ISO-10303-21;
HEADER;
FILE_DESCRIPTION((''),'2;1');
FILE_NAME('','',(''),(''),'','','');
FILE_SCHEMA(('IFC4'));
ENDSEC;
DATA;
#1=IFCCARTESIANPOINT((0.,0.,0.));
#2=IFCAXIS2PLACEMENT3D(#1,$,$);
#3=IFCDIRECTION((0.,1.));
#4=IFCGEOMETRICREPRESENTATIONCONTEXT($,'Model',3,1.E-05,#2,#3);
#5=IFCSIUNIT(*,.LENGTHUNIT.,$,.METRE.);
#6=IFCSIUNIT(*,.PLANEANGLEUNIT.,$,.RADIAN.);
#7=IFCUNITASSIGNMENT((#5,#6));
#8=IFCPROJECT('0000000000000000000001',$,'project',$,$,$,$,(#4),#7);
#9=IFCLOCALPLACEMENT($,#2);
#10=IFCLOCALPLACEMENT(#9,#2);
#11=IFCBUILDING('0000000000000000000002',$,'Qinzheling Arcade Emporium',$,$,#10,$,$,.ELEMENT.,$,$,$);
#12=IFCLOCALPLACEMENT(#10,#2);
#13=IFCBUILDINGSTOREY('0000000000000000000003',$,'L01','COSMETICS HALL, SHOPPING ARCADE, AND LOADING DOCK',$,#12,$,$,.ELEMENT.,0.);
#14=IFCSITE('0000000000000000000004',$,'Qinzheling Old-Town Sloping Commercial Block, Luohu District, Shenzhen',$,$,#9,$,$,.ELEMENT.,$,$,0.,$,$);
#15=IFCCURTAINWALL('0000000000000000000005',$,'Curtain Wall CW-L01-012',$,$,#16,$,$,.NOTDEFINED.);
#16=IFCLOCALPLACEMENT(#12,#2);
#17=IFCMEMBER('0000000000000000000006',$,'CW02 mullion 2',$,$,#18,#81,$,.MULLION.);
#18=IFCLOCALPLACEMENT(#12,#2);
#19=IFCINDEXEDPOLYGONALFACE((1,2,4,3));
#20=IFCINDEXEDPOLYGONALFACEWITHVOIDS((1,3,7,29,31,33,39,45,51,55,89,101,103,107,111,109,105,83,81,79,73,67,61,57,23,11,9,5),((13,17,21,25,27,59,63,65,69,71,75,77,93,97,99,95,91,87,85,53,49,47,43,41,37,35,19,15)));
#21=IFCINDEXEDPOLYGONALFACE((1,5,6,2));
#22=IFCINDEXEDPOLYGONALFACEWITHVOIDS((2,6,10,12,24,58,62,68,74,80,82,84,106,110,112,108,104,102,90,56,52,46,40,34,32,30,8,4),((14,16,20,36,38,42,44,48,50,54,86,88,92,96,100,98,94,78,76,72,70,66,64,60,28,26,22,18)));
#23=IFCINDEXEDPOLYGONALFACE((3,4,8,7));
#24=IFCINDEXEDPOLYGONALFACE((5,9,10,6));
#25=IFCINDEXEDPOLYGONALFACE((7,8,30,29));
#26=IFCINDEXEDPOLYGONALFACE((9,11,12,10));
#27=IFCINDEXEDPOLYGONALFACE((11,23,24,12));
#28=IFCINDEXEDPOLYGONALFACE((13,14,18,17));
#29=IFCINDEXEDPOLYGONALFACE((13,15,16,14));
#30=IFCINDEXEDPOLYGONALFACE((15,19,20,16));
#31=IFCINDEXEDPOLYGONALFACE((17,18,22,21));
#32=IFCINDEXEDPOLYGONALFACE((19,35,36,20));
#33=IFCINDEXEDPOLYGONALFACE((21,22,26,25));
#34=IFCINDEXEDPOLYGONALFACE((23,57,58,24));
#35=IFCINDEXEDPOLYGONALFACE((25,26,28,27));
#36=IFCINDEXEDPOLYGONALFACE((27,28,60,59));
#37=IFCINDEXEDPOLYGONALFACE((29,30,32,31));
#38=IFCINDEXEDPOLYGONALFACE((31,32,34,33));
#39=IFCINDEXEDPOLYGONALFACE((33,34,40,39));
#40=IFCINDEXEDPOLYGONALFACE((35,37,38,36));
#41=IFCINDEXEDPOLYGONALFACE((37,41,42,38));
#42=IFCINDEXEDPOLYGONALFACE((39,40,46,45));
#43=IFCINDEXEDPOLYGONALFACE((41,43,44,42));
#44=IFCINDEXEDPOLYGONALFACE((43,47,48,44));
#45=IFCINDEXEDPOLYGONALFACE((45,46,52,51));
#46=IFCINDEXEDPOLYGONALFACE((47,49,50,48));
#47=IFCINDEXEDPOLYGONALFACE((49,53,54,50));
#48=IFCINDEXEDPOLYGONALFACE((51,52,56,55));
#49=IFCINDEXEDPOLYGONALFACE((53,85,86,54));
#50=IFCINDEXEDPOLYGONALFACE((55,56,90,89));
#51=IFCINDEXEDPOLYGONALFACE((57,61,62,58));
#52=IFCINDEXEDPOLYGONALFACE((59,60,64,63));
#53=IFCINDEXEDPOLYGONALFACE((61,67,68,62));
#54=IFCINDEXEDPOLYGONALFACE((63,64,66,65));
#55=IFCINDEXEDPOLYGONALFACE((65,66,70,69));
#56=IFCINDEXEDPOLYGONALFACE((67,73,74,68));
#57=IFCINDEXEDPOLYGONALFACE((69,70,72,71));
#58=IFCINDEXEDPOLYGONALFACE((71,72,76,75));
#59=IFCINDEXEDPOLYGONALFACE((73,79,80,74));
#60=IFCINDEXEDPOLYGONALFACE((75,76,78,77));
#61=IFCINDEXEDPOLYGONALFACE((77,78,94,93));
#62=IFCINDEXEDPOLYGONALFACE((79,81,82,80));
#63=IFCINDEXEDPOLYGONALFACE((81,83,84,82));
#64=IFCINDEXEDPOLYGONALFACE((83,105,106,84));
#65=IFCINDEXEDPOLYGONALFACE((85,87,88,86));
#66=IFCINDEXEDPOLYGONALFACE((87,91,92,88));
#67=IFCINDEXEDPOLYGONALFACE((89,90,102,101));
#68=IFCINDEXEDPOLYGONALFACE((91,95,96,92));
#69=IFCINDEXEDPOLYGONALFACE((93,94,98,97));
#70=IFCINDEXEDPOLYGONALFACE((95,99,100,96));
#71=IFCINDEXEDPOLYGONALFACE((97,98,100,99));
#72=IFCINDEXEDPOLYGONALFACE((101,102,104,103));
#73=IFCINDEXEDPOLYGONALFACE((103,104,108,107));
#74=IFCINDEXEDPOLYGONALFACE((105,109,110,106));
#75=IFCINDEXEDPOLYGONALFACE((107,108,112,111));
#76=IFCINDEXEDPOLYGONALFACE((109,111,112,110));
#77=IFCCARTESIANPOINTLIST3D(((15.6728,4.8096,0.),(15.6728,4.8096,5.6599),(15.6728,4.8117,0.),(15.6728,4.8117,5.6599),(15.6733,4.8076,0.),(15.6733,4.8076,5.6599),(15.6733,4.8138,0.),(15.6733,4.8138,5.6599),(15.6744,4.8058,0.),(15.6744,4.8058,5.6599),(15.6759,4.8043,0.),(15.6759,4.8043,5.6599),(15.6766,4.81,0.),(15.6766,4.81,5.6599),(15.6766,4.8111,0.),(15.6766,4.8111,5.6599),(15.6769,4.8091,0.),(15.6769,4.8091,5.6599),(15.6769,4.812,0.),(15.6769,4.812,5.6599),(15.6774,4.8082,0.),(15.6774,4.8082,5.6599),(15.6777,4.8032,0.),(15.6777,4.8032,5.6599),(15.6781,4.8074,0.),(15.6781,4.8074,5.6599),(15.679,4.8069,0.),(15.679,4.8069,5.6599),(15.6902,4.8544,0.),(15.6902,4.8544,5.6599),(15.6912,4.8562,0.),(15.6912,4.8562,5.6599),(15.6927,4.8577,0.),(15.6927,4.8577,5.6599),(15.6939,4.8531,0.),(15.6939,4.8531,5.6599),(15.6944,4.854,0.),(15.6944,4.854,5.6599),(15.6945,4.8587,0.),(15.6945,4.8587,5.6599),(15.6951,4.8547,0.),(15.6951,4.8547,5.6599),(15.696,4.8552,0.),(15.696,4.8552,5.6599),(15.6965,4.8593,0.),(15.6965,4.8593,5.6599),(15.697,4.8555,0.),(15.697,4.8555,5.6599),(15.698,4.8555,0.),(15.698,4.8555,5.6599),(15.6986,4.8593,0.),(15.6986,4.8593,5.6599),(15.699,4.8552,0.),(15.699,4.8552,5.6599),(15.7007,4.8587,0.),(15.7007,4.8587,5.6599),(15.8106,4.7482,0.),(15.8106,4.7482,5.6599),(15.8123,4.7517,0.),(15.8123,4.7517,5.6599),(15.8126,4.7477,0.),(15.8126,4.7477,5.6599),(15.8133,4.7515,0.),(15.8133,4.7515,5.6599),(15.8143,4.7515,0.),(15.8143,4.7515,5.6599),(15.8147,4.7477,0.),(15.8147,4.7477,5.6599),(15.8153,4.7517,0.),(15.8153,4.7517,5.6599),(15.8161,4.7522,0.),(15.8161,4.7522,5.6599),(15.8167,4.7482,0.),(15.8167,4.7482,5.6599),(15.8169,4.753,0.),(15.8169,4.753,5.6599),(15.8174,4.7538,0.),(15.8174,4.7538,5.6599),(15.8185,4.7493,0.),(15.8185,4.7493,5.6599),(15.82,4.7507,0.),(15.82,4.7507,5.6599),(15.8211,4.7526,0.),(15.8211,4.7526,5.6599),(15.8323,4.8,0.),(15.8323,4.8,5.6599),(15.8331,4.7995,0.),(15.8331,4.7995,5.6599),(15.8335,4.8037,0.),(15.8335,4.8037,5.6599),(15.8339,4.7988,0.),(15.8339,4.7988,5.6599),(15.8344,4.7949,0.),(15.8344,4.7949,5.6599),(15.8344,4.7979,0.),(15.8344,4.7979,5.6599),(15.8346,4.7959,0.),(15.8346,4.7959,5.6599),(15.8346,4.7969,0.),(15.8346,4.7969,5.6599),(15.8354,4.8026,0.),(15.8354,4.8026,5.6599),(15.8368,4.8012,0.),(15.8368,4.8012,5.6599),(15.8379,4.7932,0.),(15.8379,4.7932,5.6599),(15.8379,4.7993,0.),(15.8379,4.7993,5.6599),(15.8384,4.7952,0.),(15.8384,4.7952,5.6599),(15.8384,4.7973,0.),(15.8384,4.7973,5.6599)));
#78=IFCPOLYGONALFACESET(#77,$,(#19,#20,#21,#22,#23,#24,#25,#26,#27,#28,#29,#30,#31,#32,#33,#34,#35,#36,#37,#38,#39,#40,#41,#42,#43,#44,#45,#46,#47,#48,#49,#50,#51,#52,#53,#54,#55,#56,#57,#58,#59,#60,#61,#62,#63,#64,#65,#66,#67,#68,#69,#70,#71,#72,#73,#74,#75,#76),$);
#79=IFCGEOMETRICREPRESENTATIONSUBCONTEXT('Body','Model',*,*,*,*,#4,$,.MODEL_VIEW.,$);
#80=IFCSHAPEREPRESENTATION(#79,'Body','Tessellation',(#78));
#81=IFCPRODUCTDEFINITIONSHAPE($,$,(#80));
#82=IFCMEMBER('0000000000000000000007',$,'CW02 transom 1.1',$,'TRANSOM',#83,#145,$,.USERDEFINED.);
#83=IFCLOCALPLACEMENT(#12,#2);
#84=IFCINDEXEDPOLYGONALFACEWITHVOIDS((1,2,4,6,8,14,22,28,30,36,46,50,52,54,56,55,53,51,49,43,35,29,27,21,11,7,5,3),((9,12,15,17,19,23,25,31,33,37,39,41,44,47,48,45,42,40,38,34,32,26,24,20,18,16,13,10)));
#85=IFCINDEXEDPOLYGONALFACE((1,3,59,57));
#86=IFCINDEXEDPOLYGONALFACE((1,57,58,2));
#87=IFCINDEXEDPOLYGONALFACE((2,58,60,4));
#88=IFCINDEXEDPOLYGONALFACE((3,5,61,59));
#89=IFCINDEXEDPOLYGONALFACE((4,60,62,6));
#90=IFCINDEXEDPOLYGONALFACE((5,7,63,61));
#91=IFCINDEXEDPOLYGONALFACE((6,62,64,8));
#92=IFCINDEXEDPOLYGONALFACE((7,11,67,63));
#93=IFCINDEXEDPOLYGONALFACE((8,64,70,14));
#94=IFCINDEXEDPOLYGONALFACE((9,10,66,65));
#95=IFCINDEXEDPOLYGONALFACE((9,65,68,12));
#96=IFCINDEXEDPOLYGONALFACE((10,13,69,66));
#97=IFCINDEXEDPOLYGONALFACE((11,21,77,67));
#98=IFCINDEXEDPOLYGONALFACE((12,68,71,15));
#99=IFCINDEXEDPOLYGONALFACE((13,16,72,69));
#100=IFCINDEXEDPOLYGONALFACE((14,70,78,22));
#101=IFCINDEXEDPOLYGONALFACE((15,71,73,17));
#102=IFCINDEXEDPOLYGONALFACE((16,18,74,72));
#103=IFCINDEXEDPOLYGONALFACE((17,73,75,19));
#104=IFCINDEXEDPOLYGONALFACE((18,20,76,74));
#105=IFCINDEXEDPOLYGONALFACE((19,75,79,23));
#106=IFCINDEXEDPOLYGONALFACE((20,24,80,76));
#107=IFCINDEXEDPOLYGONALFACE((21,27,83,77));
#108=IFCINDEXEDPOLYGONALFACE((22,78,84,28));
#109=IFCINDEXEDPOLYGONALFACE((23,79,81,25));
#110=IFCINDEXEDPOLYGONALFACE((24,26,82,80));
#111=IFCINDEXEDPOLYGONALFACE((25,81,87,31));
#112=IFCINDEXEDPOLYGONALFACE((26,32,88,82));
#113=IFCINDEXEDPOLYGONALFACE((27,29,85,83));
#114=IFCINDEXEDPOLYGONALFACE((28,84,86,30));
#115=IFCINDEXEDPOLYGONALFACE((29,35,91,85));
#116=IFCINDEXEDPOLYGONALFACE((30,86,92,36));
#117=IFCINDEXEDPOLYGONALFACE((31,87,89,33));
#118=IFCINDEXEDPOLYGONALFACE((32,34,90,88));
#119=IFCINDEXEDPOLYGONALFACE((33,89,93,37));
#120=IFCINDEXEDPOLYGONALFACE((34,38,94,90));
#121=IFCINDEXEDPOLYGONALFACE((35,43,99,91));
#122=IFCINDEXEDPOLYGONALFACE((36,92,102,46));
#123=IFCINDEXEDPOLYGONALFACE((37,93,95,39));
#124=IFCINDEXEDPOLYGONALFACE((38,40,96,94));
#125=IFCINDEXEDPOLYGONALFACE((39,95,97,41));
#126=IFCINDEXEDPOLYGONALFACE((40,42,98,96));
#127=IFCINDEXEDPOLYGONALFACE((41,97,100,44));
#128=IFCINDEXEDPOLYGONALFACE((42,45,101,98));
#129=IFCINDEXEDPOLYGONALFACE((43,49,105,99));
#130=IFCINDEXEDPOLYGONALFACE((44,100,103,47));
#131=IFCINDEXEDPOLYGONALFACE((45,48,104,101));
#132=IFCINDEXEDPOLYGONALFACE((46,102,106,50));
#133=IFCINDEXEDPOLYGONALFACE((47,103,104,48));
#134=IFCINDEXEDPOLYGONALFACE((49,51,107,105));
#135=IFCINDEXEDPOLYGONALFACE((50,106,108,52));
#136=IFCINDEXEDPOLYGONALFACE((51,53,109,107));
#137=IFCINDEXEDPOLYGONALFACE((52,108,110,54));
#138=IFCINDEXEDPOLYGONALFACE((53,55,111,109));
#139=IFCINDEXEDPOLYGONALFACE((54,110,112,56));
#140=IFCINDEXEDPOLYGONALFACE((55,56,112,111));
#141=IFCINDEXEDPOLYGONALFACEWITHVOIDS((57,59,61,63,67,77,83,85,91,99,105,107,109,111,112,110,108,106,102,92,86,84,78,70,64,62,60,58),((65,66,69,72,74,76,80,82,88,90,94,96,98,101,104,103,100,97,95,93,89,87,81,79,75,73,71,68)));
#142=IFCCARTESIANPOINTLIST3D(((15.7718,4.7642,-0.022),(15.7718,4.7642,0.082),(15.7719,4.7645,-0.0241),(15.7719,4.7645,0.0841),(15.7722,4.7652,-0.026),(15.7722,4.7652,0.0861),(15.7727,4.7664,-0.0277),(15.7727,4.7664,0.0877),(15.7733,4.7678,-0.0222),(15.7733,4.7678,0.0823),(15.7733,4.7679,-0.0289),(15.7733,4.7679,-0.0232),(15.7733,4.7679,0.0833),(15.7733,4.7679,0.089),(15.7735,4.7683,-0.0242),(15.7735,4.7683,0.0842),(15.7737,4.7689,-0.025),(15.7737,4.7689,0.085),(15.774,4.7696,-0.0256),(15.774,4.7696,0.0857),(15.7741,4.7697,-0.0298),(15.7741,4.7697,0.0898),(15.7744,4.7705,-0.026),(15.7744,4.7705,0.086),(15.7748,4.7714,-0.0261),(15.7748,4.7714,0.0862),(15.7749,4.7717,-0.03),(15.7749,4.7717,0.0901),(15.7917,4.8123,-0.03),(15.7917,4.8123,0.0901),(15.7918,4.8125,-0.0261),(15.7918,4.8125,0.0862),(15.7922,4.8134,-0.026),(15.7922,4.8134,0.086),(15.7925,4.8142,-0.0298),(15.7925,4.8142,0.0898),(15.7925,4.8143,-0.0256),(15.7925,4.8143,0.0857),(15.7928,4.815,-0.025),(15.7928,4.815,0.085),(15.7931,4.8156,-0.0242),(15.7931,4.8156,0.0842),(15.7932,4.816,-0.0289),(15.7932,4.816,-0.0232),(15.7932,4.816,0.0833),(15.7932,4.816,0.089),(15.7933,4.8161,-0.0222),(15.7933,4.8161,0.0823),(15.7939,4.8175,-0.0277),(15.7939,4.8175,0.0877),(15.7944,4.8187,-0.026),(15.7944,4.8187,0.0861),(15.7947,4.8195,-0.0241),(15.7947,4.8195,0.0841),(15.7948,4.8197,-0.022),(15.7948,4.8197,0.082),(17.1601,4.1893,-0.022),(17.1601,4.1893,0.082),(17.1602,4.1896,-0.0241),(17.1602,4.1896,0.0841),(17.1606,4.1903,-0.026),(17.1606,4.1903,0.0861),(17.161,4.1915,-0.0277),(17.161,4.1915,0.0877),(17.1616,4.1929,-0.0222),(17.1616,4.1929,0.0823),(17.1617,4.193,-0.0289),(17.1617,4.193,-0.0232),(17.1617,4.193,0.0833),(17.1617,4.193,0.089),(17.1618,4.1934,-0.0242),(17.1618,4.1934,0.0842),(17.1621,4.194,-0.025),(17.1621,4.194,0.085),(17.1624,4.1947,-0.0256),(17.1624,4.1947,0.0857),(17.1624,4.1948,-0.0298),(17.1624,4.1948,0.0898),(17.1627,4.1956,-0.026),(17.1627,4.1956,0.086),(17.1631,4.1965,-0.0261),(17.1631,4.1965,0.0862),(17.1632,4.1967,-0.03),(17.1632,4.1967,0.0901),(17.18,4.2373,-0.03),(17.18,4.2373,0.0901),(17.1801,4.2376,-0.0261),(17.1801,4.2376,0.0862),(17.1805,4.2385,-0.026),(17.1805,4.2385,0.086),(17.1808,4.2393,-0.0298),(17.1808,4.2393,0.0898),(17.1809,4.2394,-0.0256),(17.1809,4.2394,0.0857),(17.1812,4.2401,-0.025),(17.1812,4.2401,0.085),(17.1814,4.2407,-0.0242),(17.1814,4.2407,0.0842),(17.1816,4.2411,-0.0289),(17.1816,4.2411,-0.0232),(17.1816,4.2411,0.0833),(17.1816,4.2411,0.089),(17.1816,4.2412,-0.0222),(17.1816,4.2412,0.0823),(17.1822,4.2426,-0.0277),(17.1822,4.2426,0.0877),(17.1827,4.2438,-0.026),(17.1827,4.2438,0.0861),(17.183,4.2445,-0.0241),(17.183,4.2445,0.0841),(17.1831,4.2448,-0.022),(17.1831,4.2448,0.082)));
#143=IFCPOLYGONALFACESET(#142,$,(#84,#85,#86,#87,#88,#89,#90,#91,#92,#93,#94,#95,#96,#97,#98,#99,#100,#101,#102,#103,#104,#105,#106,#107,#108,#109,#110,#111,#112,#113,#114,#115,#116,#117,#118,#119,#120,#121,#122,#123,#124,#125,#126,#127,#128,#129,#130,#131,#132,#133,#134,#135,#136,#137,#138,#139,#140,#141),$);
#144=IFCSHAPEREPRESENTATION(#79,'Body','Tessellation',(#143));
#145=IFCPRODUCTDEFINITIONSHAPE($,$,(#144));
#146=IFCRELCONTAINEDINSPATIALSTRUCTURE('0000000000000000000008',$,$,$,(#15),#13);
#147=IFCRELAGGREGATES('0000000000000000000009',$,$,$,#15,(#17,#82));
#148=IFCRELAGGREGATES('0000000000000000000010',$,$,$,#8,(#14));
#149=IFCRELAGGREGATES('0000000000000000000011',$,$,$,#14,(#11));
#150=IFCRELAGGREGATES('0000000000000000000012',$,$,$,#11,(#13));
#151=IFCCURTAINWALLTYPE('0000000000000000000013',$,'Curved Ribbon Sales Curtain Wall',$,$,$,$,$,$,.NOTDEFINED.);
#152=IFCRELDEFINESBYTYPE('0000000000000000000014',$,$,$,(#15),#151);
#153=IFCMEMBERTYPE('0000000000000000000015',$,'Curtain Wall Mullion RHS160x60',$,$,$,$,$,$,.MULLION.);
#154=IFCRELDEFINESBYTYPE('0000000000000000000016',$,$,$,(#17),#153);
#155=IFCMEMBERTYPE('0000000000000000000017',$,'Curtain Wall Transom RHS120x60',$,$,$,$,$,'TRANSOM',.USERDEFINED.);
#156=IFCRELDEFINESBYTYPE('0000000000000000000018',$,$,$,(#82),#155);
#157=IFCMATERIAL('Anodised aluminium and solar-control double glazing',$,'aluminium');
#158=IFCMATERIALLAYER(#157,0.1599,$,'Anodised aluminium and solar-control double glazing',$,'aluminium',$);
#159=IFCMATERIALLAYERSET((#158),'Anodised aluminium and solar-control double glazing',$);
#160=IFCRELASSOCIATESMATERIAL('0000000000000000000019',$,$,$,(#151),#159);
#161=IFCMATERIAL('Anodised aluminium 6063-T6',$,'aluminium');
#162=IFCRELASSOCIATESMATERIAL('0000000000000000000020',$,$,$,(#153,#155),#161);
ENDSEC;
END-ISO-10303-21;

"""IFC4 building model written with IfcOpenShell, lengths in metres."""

from ifc_helpers import new_model, si_unit, direction, frame, origin, origin_2d, place, context, subcontext, project, spatial, hollow_rectangle, extrude, material, layer, layer_set, material_profile, profile_set, type_object, element, aggregate, save


model = new_model("IFC4")

# Units and contexts
model_context = context("Model", 3, precision=1e-05, world=origin(), true_north=direction((0.0, 1.0)))
body_context = subcontext(model_context, "Body", "Model", "MODEL_VIEW")
ifc_project = project(units=[si_unit("LENGTHUNIT", "METRE"), si_unit("PLANEANGLEUNIT", "RADIAN")], contexts=[model_context])

# Site, building, storey
site_placement = place(None, origin())
site = spatial("IfcSite", under=ifc_project, at=site_placement, Name="Qinzheling Old-Town Sloping Commercial Block, Luohu District, Shenzhen", CompositionType="ELEMENT", RefElevation=0.0)
building_placement = place(site_placement, origin())
building = spatial("IfcBuilding", under=site, at=building_placement, Name="Qinzheling Arcade Emporium", CompositionType="ELEMENT")
storey_placement = place(building_placement, origin())
storey = spatial("IfcBuildingStorey", under=building, at=storey_placement, Name="L01", Description="COSMETICS HALL, SHOPPING ARCADE, AND LOADING DOCK", CompositionType="ELEMENT", Elevation=0.0)

# Shared definitions
ifc_material_1 = material(Name="Anodised aluminium and solar-control double glazing", Category="aluminium")
ifc_layer_1 = layer(ifc_material_1, 0.1599, Name="Anodised aluminium and solar-control double glazing", Category="aluminium")
ifc_layer_set_1 = layer_set([ifc_layer_1], Name="Anodised aluminium and solar-control double glazing")
curtain_wall_type = type_object("IfcCurtainWallType", Name="Curved Ribbon Sales Curtain Wall", PredefinedType="NOTDEFINED", material=ifc_layer_set_1)
ifc_material_2 = material(Name="Anodised aluminium 6063-T6", Category="aluminium")
ifc_material_profile_1 = material_profile(ifc_material_2, hollow_rectangle(XDim=0.0601, YDim=0.1599, WallThickness=0.0039, InnerFilletRadius=0.0039, OuterFilletRadius=0.0081, at=origin_2d()), Name="RHS 160x60x4", Category="aluminium")
ifc_profile_set_1 = profile_set([ifc_material_profile_1], Name="Anodised aluminium 6063-T6")
member_type_1 = type_object("IfcMemberType", Name="Curtain Wall Mullion RHS160x60", PredefinedType="MULLION", material=ifc_profile_set_1)

# Curtain wall, members
curtain_wall_1_placement = place(storey_placement, origin())
curtain_wall_1 = element("IfcCurtainWall", 1, at=curtain_wall_1_placement, inside=storey, type_object=curtain_wall_type, Name="Curtain Wall CW-L01-012", PredefinedType="NOTDEFINED")
member_1_placement = place(storey_placement, frame((15.7556, 4.8035, 0.0), z_axis=(0.0, 0.0, 1.0), x_axis=(-0.382675, -0.923883, 0.0)))
member_1 = element("IfcMember", 2, at=member_1_placement, type_object=member_type_1, Name="CW02 mullion 2", PredefinedType="MULLION", context=body_context, shape_type="SweptSolid", body=[
    extrude(hollow_rectangle(XDim=0.0601, YDim=0.1599, WallThickness=0.0039, InnerFilletRadius=0.0039, OuterFilletRadius=0.0081, at=origin_2d()), origin(), (0.0, 0.0, 1.0), 5.6599),
])
ifc_material_profile_2 = material_profile(ifc_material_2, hollow_rectangle(XDim=0.0601, YDim=0.1201, WallThickness=0.0039, InnerFilletRadius=0.0039, OuterFilletRadius=0.0081, at=origin_2d()), Name="RHS 120x60x4", Category="aluminium")
ifc_profile_set_2 = profile_set([ifc_material_profile_2], Name="Anodised aluminium 6063-T6")
member_type_2 = type_object("IfcMemberType", Name="Curtain Wall Transom RHS120x60", ElementType="TRANSOM", PredefinedType="USERDEFINED", material=ifc_profile_set_2)
member_2_placement = place(storey_placement, frame((17.1716, 4.217, 0.03), z_axis=(-0.923916, 0.382596, 0.0), x_axis=(-0.382596, -0.923916, 0.0)))
member_2 = element("IfcMember", 3, at=member_2_placement, type_object=member_type_2, Name="CW02 transom 1.1", ObjectType="TRANSOM", PredefinedType="USERDEFINED", context=body_context, shape_type="SweptSolid", body=[
    extrude(hollow_rectangle(XDim=0.0601, YDim=0.1201, WallThickness=0.0039, InnerFilletRadius=0.0039, OuterFilletRadius=0.0081, at=origin_2d()), origin(), (0.0, 0.0, 1.0), 1.5027),
])

aggregate(curtain_wall_1, [member_1, member_2])

save(model, "model.ifc")
